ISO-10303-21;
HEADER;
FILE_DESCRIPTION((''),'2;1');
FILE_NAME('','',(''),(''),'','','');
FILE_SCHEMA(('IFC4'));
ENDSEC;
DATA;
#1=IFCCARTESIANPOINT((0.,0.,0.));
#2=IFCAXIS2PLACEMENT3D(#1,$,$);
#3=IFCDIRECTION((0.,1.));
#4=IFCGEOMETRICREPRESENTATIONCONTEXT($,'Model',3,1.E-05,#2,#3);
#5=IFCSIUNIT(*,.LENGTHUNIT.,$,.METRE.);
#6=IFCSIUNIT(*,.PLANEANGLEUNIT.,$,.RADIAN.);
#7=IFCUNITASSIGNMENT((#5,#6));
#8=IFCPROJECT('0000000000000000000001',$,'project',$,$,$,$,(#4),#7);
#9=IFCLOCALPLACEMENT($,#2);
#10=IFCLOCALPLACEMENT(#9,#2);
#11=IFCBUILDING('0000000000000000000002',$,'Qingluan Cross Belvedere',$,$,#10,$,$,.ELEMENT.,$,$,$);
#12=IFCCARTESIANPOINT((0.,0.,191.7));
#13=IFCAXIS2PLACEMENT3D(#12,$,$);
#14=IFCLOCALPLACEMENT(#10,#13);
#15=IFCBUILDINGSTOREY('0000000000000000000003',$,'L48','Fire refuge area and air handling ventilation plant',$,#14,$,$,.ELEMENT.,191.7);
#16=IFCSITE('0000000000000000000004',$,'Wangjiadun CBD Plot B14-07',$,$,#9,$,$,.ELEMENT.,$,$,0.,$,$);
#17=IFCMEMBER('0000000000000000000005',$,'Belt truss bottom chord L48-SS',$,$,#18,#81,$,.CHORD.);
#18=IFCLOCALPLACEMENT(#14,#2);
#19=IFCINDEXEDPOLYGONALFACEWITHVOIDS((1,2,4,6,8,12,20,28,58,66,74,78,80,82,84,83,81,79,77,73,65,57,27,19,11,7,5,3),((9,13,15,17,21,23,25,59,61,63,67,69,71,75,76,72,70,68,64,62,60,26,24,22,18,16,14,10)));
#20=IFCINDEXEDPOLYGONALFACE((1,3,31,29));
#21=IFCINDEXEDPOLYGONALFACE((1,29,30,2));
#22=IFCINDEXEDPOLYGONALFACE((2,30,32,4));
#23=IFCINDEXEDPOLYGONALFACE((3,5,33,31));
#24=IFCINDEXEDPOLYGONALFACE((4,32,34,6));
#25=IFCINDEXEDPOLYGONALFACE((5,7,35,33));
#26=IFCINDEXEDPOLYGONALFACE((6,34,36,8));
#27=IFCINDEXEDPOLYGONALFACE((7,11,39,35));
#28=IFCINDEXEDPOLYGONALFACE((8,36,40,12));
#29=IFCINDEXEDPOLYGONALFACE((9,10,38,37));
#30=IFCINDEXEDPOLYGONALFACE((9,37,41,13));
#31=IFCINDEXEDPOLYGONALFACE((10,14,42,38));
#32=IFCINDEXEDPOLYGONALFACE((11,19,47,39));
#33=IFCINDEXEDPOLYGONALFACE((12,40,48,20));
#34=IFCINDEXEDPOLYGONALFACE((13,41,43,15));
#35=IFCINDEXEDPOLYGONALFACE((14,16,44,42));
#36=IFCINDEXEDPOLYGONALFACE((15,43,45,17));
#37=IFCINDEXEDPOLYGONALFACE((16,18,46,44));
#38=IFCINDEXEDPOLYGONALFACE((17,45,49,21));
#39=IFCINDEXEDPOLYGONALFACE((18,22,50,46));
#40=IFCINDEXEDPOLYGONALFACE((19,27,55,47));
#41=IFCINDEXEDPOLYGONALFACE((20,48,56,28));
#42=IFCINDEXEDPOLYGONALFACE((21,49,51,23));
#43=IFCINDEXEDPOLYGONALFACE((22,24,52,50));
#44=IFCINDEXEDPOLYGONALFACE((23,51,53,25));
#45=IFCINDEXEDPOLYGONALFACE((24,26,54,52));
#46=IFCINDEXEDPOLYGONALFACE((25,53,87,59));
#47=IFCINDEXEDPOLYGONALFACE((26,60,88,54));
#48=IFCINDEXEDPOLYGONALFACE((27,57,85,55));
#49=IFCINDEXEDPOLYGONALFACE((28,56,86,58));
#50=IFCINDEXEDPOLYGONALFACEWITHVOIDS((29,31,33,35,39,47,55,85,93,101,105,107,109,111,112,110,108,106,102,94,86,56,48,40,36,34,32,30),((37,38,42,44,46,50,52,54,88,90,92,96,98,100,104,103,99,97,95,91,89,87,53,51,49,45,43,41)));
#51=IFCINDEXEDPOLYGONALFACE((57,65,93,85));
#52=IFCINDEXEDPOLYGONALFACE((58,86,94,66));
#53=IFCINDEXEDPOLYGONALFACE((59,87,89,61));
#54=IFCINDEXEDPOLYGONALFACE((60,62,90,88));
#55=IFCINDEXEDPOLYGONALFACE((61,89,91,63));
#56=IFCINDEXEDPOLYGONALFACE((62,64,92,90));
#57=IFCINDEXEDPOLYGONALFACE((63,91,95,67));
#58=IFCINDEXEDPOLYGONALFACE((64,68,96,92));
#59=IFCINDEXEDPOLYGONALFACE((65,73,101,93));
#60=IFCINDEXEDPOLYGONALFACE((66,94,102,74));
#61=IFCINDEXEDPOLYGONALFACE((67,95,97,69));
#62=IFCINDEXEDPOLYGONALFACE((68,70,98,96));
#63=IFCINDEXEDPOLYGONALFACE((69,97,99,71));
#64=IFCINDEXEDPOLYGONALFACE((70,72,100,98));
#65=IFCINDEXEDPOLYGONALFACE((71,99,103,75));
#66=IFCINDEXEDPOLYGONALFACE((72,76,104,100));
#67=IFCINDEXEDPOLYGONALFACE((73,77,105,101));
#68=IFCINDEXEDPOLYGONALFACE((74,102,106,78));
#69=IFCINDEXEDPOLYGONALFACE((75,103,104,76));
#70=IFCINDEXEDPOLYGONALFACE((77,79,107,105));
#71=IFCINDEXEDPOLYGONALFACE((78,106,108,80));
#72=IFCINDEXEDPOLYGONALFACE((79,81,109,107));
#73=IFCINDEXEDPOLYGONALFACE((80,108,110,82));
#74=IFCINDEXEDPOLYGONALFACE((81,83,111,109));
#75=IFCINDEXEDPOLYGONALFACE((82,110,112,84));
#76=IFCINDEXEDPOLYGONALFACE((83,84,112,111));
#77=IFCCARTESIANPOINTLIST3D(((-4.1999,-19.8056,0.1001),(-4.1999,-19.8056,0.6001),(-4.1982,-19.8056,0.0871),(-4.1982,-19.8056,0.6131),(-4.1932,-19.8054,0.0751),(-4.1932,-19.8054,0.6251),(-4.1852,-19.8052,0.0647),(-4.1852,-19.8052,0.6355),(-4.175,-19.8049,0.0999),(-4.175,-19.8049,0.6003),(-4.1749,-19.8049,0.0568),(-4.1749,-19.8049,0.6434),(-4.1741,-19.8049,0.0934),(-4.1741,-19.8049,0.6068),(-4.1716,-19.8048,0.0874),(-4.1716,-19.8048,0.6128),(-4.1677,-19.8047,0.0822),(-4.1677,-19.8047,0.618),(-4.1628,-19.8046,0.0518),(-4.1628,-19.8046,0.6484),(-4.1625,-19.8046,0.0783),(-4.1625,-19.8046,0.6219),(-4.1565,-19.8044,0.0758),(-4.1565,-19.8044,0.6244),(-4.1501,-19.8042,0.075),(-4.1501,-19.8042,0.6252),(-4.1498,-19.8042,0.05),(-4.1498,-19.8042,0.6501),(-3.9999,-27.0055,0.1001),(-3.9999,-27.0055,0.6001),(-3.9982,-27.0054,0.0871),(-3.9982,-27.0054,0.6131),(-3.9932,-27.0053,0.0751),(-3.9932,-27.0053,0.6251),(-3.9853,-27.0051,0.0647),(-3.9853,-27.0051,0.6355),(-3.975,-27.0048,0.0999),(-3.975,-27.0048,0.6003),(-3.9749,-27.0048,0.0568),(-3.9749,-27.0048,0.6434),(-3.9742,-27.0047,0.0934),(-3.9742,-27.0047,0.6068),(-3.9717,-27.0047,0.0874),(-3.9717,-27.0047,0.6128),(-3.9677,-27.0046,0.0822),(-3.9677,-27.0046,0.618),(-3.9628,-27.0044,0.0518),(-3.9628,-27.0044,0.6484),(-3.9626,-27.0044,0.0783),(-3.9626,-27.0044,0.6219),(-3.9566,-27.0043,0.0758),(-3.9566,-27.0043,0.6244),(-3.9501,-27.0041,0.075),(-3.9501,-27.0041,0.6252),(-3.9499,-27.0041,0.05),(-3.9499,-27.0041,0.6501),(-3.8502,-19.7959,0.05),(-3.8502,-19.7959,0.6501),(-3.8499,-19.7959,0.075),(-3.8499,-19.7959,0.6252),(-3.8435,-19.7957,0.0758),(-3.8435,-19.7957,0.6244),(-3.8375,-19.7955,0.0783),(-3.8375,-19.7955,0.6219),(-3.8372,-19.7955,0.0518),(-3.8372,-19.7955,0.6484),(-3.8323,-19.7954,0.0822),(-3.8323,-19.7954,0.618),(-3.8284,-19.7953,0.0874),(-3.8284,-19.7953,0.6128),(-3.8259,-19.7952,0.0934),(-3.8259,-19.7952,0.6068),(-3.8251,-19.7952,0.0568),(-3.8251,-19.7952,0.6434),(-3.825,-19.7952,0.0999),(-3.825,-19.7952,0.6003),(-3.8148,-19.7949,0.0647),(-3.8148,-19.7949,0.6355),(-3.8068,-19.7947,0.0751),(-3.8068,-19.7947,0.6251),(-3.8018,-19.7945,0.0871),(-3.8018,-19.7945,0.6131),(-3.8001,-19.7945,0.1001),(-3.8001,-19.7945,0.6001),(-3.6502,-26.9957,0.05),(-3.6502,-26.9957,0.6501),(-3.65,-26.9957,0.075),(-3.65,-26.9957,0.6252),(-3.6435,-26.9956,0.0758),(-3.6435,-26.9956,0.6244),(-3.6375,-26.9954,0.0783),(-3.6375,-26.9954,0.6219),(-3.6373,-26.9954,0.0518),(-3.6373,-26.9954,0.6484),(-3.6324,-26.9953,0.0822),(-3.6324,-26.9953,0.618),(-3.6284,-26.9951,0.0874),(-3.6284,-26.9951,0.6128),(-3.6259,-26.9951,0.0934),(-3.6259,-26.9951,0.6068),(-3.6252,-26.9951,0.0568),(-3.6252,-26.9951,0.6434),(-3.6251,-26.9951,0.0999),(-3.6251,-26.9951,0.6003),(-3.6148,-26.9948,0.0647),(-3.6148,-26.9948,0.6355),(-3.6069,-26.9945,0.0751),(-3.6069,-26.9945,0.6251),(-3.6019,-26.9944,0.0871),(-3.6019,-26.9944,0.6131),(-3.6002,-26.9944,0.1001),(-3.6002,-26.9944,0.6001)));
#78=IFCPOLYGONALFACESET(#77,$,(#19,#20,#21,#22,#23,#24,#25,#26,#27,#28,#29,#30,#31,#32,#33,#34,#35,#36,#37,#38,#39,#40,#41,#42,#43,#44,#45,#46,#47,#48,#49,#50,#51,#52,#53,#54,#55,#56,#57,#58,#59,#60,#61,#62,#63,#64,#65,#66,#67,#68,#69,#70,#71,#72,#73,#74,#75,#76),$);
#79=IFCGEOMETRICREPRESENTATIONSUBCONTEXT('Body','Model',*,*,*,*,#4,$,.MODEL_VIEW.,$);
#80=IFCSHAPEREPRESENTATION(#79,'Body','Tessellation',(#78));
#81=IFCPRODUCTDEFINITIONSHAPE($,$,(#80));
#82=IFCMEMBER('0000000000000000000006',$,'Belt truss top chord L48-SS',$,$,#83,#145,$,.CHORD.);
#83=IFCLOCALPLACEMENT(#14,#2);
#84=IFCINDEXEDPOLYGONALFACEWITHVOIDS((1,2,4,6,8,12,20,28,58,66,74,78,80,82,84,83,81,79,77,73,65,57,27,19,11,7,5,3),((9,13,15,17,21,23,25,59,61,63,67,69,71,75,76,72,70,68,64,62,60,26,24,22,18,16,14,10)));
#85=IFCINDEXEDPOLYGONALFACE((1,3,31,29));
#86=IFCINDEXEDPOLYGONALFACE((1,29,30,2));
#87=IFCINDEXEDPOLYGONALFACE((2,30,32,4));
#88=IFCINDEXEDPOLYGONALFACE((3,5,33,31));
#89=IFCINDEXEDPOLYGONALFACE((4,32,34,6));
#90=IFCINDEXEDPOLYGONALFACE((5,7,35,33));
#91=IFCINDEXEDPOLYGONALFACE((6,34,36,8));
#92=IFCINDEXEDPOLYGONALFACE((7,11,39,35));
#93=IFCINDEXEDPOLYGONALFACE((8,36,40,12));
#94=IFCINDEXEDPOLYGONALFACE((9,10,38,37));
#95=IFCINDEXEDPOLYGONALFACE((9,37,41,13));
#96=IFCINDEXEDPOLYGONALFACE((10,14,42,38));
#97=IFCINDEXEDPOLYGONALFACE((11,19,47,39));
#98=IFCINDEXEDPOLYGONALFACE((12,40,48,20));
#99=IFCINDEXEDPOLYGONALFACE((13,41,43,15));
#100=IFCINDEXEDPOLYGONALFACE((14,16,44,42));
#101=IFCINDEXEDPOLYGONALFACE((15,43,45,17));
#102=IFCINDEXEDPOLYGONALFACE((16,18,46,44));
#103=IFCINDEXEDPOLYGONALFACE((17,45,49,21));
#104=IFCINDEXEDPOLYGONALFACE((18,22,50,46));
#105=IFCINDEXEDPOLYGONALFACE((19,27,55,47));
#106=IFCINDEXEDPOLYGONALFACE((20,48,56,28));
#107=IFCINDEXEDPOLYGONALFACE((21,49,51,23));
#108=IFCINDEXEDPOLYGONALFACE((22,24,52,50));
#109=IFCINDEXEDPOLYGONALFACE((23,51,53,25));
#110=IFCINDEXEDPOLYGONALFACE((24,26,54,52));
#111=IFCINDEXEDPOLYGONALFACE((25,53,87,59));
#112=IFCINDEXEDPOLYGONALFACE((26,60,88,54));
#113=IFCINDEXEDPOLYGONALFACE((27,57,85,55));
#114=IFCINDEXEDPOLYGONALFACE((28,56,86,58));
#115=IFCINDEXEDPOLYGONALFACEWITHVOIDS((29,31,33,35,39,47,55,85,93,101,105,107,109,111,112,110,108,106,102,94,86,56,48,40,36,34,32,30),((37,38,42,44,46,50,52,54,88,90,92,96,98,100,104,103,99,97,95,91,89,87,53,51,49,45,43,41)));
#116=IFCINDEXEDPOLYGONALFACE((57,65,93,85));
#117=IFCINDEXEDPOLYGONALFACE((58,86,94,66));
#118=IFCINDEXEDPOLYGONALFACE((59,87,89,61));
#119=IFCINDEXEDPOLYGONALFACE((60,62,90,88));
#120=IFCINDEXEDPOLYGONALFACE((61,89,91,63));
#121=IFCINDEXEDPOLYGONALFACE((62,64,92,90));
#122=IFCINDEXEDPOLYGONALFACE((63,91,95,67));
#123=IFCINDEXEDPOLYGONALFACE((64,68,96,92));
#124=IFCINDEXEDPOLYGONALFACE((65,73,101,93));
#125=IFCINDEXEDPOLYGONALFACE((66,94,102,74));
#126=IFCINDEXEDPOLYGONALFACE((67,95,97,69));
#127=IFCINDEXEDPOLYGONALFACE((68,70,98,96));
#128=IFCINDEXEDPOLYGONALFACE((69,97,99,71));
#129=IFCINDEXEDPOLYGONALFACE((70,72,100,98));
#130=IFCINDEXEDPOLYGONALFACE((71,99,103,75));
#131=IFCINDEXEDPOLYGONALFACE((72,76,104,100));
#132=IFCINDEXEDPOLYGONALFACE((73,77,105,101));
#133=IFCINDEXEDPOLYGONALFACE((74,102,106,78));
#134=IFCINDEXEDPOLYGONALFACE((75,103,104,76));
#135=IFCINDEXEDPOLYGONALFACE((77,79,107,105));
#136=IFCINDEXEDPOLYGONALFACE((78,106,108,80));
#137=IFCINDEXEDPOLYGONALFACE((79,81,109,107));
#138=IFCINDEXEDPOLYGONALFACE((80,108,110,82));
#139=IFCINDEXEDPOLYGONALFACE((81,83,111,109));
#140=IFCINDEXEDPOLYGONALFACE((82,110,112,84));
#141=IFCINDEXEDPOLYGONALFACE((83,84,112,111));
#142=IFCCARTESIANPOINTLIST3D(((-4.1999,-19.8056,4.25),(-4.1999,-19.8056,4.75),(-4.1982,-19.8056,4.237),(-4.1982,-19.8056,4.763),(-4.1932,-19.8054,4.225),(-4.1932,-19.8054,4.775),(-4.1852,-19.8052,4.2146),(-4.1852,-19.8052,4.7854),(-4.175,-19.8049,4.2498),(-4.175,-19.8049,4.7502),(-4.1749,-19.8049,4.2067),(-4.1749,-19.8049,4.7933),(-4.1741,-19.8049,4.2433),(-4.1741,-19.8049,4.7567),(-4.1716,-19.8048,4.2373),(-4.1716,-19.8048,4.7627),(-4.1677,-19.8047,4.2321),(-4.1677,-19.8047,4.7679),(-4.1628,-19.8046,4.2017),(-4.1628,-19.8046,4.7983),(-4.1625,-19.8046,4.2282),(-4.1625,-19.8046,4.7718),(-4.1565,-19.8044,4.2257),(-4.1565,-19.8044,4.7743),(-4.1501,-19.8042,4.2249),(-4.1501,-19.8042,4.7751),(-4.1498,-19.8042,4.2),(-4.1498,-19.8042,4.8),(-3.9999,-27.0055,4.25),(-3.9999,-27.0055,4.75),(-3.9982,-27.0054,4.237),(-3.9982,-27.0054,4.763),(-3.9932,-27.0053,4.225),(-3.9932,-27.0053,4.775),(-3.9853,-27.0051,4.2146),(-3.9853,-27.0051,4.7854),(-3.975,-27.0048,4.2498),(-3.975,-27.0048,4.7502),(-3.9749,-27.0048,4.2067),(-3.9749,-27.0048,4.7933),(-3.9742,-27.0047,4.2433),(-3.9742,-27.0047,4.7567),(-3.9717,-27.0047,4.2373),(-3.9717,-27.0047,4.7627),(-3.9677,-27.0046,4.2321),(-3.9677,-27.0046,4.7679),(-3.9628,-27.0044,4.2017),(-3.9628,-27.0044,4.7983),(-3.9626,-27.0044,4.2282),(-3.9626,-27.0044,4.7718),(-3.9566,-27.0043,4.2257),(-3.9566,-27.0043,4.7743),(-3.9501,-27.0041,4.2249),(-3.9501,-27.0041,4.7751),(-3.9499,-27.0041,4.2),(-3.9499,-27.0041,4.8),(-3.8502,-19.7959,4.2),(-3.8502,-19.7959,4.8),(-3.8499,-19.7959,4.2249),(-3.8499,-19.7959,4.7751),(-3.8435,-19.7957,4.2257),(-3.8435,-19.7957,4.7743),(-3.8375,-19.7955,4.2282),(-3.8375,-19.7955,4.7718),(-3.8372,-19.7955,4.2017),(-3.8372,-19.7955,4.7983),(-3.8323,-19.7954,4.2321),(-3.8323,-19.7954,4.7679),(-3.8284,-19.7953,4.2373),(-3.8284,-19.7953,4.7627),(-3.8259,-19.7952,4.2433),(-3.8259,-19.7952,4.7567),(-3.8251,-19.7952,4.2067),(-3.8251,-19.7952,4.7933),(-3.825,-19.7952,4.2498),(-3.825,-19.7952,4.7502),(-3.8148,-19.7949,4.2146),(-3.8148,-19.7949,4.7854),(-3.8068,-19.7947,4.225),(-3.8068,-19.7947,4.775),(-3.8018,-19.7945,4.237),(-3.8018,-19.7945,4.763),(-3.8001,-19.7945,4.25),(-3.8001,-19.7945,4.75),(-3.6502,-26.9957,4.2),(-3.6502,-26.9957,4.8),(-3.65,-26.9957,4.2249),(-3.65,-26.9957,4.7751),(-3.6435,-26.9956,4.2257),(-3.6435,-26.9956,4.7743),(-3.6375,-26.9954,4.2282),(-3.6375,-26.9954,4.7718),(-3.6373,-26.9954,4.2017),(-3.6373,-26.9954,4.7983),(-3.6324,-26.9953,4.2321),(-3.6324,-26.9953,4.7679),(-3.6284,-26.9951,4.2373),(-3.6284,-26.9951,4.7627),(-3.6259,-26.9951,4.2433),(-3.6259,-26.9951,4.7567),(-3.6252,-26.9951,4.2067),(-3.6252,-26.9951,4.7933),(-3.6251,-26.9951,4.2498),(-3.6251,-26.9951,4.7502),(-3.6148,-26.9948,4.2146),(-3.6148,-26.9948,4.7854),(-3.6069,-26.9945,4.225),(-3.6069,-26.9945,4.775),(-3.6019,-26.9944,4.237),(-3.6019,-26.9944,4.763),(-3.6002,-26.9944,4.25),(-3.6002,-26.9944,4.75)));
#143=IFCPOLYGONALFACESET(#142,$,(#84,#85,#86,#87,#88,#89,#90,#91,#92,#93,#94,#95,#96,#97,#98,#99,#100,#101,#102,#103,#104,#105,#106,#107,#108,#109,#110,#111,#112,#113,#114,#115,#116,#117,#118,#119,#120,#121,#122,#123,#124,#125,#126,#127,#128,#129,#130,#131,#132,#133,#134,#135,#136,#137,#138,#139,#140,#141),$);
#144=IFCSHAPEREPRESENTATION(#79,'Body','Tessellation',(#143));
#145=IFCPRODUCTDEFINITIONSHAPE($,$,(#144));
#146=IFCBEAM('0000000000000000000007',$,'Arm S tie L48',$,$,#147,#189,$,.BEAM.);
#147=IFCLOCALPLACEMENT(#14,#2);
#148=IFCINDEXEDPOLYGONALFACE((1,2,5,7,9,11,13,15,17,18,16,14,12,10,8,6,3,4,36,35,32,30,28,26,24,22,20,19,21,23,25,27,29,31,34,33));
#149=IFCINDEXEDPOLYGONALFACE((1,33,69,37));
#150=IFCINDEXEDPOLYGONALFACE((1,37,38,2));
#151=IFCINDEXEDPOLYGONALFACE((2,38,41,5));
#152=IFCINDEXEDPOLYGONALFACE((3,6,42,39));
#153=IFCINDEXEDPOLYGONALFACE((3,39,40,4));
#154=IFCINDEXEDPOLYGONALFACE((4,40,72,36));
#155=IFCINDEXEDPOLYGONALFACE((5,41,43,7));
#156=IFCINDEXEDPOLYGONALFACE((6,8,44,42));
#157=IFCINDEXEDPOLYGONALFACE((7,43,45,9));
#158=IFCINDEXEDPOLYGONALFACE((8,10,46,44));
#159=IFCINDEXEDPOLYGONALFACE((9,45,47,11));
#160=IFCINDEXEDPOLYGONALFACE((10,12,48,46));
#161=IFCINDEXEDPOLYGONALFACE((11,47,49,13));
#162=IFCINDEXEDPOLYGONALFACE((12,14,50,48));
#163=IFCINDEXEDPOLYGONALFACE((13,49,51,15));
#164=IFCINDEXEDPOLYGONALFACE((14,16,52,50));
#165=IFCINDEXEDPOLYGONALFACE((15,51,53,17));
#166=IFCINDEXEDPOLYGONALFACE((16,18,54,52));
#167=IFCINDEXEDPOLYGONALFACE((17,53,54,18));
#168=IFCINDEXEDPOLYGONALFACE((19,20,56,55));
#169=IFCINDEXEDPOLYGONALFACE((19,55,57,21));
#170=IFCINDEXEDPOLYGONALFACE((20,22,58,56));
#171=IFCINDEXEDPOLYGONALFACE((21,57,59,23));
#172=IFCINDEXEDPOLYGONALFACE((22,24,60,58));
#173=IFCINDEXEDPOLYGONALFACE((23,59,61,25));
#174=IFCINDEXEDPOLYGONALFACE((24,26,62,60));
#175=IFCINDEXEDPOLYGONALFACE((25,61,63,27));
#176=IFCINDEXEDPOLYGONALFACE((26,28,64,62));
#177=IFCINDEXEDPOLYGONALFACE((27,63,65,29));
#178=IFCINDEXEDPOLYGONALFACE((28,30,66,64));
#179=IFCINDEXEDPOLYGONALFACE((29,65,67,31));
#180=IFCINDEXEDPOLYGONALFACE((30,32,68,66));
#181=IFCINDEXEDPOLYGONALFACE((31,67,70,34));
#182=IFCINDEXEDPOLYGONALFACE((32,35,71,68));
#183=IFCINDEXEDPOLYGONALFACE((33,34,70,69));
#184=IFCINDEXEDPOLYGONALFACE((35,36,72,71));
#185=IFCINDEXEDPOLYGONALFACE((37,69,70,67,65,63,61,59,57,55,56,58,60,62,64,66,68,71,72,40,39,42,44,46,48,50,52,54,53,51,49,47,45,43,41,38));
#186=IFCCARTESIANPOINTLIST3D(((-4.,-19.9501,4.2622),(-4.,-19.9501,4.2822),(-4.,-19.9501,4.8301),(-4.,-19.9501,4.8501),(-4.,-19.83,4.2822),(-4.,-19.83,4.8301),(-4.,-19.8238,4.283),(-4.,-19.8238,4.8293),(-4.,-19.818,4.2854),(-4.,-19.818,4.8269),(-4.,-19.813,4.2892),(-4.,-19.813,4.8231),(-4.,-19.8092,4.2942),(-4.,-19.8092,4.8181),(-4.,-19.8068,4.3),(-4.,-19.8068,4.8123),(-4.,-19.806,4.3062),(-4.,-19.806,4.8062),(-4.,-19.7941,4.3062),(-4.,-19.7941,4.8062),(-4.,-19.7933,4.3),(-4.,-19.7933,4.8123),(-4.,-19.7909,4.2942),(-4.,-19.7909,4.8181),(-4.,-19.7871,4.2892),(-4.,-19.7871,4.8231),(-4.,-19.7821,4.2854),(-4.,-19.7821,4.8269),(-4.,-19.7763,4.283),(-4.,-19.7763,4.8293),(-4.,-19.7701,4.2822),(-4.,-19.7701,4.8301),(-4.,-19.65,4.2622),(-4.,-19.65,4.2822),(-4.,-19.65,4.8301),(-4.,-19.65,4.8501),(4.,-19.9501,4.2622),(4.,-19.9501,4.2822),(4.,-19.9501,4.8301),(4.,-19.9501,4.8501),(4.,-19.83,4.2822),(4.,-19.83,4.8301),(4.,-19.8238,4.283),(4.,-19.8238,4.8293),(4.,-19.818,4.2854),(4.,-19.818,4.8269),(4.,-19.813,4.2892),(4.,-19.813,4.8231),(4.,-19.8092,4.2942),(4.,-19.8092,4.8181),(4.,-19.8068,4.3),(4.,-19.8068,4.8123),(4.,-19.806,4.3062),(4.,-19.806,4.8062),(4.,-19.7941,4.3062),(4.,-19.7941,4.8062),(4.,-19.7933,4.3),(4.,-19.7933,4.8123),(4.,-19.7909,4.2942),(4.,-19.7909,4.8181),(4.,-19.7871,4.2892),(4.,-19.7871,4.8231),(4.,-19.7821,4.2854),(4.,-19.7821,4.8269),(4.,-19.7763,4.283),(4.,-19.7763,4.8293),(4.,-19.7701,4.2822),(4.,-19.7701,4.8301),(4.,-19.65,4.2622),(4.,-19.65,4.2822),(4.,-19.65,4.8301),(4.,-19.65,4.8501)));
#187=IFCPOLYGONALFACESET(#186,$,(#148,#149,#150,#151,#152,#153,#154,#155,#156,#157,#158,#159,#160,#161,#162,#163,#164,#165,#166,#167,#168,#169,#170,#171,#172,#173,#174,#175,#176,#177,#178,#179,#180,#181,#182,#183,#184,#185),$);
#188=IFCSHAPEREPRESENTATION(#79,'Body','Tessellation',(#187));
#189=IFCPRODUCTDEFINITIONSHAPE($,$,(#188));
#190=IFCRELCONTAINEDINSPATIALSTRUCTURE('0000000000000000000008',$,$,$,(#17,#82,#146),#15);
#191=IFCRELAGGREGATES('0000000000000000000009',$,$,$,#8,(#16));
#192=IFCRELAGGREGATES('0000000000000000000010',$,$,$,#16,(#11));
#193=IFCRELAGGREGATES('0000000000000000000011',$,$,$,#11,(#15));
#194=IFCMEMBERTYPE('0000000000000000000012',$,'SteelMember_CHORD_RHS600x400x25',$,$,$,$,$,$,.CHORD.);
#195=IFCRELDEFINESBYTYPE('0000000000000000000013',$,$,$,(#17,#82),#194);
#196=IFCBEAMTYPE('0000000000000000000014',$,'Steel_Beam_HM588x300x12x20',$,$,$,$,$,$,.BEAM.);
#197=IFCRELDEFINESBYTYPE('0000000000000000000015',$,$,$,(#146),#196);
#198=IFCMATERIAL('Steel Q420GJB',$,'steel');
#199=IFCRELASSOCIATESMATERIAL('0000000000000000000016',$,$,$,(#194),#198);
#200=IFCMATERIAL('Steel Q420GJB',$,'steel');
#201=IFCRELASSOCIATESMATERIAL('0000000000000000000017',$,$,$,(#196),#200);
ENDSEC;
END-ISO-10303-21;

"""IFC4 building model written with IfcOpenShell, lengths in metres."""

from ifc_helpers import new_model, si_unit, direction, frame, origin, origin_2d, place, context, subcontext, project, spatial, hollow_rectangle, i_section, extrude, material, material_profile, profile_set, type_object, element, save


model = new_model("IFC4")

# Units and contexts
model_context = context("Model", 3, precision=1e-05, world=origin(), true_north=direction((0.0, 1.0)))
body_context = subcontext(model_context, "Body", "Model", "MODEL_VIEW")
ifc_project = project(units=[si_unit("LENGTHUNIT", "METRE"), si_unit("PLANEANGLEUNIT", "RADIAN")], contexts=[model_context])

# Site, building, storey
site_placement = place(None, origin())
site = spatial("IfcSite", under=ifc_project, at=site_placement, Name="Wangjiadun CBD Plot B14-07", CompositionType="ELEMENT", RefElevation=0.0)
building_placement = place(site_placement, origin())
building = spatial("IfcBuilding", under=site, at=building_placement, Name="Qingluan Cross Belvedere", CompositionType="ELEMENT")
storey_placement = place(building_placement, frame((0.0, 0.0, 191.7)))
storey = spatial("IfcBuildingStorey", under=building, at=storey_placement, Name="L48", Description="Fire refuge area and air handling ventilation plant", CompositionType="ELEMENT", Elevation=191.7)

# Members
ifc_material_1 = material(Name="Steel Q420GJB", Category="steel")
ifc_material_profile_1 = material_profile(ifc_material_1, hollow_rectangle(XDim=0.3999, YDim=0.6001, WallThickness=0.0249, InnerFilletRadius=0.0249, OuterFilletRadius=0.05, at=origin_2d()), Name="RHS600x400x25")
ifc_profile_set_1 = profile_set([ifc_material_profile_1], Name="Steel Q420GJB")
member_type_1 = type_object("IfcMemberType", Name="SteelMember_CHORD_RHS600x400x25", PredefinedType="CHORD", material=ifc_profile_set_1)
for number, where, z_axis, x_axis, name in (
    (1, (-4.0, -19.8, 0.3501), (0.02776, -0.999615, 0.0), (0.999615, 0.02776, 0.0), "Belt truss bottom chord L48-SS"),
    (2, (-4.0, -19.8, 4.5), (0.02776, -0.999615, 0.0), (0.999615, 0.02776, 0.0), "Belt truss top chord L48-SS"),
):
    element("IfcMember", number, at=place(storey_placement, frame(where, z_axis=z_axis, x_axis=x_axis)), inside=storey, type_object=member_type_1, Name=name, PredefinedType="CHORD", context=body_context, shape_type="SweptSolid", body=[
        extrude(hollow_rectangle(XDim=0.3999, YDim=0.6001, WallThickness=0.0249, InnerFilletRadius=0.0249, OuterFilletRadius=0.05, at=origin_2d()), origin(), (0.0, 0.0, 1.0), 7.2026),
    ])

# Beam
ifc_material_2 = material(Name="Steel Q420GJB", Category="steel")
ifc_material_profile_2 = material_profile(ifc_material_2, i_section(OverallWidth=0.3, OverallDepth=0.5879, WebThickness=0.012, FlangeThickness=0.02, FilletRadius=0.0239, at=origin_2d()), Name="HM588x300x12x20")
ifc_profile_set_2 = profile_set([ifc_material_profile_2], Name="Steel Q420GJB")
beam_type_1 = type_object("IfcBeamType", Name="Steel_Beam_HM588x300x12x20", PredefinedType="BEAM", material=ifc_profile_set_2)
beam_1_placement = place(storey_placement, frame((-4.0, -19.8, 4.5562), z_axis=(1.0, 0.0, 0.0), x_axis=(0.0, 1.0, 0.0)))
element("IfcBeam", 3, at=beam_1_placement, inside=storey, type_object=beam_type_1, Name="Arm S tie L48", PredefinedType="BEAM", context=body_context, shape_type="SweptSolid", body=[
    extrude(i_section(OverallWidth=0.3, OverallDepth=0.5879, WebThickness=0.012, FlangeThickness=0.02, FilletRadius=0.0239, at=origin_2d()), origin(), (0.0, 0.0, 1.0), 8.0),
])

save(model, "model.ifc")
